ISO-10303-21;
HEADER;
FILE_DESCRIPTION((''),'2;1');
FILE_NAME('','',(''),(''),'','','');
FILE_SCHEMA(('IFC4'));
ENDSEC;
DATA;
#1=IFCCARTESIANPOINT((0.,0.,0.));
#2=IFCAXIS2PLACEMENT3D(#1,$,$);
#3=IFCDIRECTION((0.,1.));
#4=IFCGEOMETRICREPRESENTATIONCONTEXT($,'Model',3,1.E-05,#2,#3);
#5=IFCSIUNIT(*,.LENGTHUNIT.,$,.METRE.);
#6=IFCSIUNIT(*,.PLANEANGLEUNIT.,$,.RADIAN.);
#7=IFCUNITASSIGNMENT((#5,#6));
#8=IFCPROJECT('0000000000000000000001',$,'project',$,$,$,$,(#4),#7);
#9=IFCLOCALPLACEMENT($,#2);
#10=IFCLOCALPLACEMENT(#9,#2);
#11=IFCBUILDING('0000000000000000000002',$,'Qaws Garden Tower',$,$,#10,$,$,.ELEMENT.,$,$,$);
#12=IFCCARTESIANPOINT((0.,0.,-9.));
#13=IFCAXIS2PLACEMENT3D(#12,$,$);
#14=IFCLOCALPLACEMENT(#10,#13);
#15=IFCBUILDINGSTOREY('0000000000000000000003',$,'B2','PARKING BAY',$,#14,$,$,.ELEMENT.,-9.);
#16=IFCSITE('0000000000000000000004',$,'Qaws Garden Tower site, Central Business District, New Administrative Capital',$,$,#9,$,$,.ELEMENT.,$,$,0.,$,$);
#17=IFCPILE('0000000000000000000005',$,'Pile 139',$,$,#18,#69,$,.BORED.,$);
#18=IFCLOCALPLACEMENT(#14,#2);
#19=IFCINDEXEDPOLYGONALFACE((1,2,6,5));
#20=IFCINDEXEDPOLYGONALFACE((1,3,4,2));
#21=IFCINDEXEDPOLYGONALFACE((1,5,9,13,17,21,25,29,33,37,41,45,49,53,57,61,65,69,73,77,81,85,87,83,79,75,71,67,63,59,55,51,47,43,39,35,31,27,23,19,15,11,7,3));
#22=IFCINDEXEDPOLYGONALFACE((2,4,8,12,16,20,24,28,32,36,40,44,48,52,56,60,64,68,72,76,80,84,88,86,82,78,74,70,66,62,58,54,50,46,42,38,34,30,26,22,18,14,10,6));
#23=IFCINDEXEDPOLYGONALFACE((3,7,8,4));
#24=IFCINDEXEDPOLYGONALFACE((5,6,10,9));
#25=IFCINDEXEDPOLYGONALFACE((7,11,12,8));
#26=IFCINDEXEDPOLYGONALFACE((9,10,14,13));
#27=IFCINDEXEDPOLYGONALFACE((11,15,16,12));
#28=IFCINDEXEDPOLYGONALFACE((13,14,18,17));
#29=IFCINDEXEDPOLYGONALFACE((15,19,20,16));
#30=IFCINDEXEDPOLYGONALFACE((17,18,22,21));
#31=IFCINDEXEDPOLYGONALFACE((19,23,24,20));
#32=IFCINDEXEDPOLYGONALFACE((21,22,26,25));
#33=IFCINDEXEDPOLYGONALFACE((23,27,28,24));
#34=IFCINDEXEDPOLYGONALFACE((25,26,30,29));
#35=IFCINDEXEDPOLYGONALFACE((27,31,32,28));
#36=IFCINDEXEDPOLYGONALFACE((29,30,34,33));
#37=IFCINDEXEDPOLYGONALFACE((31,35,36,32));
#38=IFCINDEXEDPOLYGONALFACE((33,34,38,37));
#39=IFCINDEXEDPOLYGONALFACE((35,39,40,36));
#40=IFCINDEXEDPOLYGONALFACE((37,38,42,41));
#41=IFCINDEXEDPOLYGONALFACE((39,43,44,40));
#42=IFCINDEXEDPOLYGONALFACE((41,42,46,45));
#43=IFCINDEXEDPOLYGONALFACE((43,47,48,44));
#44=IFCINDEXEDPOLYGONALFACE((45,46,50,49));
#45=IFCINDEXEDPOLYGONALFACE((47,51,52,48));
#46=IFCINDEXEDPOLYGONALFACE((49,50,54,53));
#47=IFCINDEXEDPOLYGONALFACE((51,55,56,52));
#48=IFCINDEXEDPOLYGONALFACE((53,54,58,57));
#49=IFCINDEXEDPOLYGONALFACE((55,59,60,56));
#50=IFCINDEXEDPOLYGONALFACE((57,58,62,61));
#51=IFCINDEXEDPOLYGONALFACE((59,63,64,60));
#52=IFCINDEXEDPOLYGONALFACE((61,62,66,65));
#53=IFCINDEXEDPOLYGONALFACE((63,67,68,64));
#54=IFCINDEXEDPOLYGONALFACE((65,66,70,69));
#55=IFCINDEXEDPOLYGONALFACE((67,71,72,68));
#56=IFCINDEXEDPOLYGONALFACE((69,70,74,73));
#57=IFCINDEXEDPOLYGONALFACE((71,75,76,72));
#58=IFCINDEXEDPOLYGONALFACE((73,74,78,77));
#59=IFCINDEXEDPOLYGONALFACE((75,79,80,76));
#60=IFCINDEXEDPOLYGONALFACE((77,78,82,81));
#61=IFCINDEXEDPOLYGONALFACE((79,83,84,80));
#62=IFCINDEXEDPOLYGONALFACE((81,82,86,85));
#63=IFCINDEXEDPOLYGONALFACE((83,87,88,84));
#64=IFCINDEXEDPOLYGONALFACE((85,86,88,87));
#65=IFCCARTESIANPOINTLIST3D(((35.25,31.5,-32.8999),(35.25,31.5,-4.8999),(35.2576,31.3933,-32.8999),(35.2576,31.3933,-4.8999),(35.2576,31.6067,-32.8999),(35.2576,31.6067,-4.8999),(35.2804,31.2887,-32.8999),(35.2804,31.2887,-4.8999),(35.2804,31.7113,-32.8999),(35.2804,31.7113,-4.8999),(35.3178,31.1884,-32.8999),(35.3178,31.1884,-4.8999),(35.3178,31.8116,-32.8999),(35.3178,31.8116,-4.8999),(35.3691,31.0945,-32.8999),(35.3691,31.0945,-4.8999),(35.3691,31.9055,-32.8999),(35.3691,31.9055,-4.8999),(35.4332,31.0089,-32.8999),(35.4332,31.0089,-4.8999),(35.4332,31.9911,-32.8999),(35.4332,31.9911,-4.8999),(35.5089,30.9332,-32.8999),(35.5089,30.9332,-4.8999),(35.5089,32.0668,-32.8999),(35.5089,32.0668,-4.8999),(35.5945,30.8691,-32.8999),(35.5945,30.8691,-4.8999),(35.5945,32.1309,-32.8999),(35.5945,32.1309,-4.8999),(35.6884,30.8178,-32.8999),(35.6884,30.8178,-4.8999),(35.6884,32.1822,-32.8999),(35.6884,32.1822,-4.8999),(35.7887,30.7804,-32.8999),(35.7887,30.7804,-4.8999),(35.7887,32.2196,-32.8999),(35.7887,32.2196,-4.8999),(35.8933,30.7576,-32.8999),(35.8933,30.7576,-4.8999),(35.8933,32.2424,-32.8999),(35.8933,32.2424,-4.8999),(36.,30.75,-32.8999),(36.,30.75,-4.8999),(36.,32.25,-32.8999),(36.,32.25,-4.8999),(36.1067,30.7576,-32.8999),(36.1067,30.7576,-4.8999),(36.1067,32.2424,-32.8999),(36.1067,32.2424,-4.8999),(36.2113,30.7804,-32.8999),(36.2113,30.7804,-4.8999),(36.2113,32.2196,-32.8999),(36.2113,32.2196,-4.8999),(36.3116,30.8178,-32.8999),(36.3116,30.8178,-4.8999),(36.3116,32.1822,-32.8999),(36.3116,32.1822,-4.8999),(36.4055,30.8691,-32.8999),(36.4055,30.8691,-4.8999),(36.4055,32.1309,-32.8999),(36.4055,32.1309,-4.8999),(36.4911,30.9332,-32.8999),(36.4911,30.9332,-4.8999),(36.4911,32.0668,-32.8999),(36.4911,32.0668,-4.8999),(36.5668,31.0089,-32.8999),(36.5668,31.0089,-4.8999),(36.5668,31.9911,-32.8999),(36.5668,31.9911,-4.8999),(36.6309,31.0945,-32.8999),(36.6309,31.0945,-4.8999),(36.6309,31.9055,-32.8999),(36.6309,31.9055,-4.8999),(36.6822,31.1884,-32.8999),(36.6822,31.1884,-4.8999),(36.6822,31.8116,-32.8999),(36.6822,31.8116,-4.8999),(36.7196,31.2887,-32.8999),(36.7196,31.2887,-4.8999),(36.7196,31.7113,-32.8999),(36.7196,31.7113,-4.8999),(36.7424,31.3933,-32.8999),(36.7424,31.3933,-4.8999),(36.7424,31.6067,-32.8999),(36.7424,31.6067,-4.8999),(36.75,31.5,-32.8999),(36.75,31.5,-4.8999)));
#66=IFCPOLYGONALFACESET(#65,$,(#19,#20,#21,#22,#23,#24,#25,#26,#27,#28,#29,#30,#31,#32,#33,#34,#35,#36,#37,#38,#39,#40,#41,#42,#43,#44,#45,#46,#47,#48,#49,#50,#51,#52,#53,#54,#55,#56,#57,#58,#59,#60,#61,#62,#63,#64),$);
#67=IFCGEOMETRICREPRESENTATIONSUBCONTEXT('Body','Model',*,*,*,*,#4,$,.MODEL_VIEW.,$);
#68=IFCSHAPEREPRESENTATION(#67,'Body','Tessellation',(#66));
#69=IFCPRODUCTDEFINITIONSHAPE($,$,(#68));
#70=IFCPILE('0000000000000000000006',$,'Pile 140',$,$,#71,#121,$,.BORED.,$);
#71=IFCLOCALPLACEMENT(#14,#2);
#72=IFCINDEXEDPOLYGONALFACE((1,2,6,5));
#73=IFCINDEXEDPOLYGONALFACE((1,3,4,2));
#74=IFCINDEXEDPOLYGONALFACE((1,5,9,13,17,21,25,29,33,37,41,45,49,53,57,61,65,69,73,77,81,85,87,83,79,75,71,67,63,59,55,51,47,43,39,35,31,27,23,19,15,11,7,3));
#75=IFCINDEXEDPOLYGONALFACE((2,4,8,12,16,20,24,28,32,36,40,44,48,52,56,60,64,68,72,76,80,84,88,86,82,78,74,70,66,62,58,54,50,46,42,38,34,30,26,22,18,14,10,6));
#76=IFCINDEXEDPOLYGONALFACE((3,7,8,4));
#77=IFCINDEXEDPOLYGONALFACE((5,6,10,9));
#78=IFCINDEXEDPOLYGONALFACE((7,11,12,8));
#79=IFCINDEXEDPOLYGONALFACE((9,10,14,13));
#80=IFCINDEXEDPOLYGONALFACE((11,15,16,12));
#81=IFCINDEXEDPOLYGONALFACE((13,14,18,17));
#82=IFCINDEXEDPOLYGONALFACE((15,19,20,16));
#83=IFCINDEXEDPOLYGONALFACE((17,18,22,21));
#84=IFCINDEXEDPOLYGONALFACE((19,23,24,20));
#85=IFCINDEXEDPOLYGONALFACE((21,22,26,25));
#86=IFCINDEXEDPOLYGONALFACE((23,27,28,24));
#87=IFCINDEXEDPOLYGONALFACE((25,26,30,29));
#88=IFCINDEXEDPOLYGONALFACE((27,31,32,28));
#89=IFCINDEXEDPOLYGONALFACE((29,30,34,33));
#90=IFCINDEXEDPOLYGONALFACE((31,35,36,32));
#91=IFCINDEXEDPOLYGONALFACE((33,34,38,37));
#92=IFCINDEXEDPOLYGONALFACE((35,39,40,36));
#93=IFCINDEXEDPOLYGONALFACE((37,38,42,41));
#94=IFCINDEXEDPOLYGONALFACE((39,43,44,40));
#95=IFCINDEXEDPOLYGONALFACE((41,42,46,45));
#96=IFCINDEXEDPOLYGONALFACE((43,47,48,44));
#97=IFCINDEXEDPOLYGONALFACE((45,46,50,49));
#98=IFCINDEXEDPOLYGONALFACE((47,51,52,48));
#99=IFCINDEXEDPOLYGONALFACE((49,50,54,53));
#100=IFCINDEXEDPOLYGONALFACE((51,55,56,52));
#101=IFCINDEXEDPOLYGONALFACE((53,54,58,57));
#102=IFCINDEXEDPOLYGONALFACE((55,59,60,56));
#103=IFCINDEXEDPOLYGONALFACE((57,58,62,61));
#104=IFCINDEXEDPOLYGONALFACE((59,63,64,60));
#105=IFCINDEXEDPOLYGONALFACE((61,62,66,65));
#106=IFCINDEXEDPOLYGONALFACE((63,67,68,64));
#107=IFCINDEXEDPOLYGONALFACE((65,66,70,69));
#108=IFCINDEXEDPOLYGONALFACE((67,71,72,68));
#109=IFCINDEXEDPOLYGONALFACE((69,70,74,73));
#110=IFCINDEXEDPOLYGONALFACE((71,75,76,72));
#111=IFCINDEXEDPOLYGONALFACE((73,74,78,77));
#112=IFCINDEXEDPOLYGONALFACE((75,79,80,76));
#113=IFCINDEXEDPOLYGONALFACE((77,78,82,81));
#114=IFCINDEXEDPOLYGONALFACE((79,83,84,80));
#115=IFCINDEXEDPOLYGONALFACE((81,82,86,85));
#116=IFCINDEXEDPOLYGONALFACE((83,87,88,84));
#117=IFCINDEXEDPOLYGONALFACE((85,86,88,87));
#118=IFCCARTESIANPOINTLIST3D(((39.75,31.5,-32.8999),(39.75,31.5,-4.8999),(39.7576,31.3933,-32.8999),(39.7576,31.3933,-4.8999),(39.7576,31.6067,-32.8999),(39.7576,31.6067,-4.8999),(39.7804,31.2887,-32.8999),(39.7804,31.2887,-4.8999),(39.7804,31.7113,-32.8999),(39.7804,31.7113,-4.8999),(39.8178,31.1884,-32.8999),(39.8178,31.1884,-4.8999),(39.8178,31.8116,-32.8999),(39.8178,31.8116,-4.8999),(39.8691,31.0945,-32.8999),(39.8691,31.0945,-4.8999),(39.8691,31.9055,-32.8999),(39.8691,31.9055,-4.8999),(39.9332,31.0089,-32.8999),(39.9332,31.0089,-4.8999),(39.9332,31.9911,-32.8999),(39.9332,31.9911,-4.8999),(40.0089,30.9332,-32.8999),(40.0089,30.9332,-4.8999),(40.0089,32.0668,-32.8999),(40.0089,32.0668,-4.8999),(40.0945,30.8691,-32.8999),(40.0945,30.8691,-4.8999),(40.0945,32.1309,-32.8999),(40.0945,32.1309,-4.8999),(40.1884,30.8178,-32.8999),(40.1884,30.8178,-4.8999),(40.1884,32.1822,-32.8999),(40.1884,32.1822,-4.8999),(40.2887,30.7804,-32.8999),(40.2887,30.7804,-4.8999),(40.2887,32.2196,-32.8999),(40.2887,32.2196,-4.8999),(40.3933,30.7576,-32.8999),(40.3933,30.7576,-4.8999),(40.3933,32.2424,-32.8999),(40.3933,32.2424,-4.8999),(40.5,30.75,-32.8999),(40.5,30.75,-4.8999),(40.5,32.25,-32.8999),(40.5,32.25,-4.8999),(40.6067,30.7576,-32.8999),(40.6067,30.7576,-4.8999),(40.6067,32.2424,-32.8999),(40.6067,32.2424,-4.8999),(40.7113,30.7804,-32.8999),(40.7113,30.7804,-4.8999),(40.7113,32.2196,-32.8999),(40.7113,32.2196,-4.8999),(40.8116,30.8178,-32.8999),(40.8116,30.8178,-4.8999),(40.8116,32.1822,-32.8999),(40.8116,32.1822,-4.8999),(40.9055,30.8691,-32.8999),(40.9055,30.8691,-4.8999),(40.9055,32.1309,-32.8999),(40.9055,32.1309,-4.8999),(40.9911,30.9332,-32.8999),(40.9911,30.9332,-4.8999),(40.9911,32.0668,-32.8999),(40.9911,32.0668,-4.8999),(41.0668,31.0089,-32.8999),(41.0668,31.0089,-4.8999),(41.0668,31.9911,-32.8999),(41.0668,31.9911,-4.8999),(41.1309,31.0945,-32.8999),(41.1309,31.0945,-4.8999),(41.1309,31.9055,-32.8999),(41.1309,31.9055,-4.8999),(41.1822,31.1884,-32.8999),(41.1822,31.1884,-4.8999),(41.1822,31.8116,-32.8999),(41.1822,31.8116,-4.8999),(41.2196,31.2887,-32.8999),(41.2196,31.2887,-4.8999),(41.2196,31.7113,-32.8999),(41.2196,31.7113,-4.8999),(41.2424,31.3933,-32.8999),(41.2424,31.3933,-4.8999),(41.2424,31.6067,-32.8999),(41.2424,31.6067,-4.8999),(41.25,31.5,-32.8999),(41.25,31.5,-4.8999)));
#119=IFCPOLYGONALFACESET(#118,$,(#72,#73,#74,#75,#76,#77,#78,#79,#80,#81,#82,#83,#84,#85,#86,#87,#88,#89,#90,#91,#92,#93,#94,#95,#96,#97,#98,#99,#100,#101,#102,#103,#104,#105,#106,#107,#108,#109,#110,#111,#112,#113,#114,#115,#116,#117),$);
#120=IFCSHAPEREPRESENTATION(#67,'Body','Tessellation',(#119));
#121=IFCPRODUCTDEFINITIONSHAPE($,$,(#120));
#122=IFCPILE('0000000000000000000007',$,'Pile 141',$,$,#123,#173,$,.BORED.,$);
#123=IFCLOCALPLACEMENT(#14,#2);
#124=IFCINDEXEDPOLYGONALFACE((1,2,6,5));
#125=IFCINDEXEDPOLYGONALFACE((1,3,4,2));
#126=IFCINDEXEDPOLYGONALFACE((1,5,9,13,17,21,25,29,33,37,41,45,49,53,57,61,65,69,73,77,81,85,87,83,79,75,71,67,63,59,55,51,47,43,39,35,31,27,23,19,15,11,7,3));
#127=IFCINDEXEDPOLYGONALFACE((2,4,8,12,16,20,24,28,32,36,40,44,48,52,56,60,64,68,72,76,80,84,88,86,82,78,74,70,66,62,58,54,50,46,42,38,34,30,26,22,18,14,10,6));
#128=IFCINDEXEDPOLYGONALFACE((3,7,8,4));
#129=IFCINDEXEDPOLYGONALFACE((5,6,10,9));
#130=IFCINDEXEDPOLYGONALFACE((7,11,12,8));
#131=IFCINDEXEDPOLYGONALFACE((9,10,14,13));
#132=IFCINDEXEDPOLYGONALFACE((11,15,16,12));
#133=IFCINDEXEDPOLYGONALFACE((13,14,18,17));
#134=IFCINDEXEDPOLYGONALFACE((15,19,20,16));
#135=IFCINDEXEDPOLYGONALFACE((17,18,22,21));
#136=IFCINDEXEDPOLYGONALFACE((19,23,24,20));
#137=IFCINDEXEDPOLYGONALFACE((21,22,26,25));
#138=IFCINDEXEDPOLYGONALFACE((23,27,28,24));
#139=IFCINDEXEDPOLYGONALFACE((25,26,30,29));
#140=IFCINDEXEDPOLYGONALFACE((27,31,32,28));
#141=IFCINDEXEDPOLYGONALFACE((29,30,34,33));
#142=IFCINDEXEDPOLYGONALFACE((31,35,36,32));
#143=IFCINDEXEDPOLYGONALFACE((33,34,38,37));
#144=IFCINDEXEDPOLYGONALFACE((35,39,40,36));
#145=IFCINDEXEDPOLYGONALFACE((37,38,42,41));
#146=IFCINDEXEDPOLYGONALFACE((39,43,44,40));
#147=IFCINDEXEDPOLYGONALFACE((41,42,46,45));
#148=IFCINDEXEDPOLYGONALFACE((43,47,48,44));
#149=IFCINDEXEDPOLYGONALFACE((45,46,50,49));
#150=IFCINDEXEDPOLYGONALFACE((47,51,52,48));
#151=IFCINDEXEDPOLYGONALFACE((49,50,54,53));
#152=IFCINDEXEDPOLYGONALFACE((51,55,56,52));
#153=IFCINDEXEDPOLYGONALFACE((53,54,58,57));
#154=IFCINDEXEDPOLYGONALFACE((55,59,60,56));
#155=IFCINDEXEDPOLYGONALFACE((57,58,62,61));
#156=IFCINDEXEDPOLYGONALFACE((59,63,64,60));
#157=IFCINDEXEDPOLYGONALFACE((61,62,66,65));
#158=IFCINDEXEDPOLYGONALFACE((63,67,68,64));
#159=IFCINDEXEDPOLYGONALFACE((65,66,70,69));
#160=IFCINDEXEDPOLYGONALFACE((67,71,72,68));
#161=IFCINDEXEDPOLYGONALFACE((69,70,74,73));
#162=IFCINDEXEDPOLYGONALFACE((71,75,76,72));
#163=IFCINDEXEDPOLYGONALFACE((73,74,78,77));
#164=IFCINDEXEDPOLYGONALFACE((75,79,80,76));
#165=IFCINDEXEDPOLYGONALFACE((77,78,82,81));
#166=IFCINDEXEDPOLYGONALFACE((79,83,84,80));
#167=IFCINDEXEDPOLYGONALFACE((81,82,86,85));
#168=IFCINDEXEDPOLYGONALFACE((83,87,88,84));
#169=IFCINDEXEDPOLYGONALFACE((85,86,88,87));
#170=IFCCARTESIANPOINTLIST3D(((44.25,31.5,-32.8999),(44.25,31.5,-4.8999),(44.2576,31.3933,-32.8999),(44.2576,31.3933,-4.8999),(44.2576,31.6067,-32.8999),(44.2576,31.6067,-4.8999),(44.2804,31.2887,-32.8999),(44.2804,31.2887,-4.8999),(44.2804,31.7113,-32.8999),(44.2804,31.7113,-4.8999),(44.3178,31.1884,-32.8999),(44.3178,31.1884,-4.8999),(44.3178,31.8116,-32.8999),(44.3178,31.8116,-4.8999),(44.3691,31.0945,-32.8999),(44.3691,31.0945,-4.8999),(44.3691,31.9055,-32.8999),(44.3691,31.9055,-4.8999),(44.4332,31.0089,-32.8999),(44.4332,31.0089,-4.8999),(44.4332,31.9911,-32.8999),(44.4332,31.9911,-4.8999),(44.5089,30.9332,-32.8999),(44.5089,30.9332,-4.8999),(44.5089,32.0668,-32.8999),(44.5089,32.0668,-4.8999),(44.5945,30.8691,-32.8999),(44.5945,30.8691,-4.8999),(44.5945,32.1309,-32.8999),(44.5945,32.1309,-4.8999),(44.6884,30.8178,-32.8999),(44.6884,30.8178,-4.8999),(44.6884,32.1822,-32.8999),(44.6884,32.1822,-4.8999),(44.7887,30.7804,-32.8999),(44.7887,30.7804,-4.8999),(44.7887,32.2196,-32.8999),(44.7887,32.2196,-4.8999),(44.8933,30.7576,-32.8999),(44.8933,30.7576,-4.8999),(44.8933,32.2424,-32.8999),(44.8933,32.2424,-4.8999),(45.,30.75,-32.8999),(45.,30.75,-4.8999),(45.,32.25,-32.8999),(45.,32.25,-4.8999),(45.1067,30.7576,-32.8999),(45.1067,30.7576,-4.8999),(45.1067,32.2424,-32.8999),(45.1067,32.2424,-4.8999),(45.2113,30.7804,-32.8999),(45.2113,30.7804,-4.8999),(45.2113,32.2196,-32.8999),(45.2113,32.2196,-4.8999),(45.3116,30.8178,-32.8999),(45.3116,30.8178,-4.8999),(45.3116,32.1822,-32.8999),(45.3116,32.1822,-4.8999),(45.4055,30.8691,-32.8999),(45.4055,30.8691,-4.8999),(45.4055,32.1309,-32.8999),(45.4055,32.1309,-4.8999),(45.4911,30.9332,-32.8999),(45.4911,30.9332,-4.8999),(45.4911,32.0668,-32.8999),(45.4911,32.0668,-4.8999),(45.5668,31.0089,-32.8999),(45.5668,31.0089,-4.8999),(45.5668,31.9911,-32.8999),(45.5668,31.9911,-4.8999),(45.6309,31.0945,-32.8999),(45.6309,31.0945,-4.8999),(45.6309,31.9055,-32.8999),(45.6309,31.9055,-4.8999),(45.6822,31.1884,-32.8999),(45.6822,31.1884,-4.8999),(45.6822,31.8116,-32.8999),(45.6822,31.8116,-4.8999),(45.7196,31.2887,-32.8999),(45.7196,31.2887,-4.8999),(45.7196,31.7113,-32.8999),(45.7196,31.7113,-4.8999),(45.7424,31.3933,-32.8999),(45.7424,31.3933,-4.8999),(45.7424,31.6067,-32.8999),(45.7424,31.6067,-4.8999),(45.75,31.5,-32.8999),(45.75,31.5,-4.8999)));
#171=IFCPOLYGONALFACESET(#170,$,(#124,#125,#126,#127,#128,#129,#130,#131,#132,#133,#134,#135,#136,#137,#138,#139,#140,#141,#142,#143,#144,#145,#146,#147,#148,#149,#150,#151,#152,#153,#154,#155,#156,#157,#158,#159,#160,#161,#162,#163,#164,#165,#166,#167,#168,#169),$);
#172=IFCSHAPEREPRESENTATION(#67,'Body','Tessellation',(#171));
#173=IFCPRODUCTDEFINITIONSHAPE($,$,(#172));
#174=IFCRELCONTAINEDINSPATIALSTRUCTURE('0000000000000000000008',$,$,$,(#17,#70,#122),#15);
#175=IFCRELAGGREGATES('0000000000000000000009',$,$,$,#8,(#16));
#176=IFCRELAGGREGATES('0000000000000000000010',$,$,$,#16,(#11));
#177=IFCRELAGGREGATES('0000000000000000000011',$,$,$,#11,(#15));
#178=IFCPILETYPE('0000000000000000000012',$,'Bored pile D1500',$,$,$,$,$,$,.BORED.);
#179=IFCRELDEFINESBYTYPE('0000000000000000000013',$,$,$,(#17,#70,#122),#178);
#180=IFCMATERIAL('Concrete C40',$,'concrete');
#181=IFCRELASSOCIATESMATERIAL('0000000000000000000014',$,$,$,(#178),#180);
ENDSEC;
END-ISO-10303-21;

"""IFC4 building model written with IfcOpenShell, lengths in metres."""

from ifc_helpers import new_model, si_unit, direction, frame, origin, origin_2d, place, context, subcontext, project, spatial, circle, extrude, material, material_profile, profile_set, type_object, element, save


model = new_model("IFC4")

# Units and contexts
model_context = context("Model", 3, precision=1e-05, world=origin(), true_north=direction((0.0, 1.0)))
body_context = subcontext(model_context, "Body", "Model", "MODEL_VIEW")
ifc_project = project(units=[si_unit("LENGTHUNIT", "METRE"), si_unit("PLANEANGLEUNIT", "RADIAN")], contexts=[model_context])

# Site, building, storey
site_placement = place(None, origin())
site = spatial("IfcSite", under=ifc_project, at=site_placement, Name="Qaws Garden Tower site, Central Business District, New Administrative Capital", CompositionType="ELEMENT", RefElevation=0.0)
building_placement = place(site_placement, origin())
building = spatial("IfcBuilding", under=site, at=building_placement, Name="Qaws Garden Tower", CompositionType="ELEMENT")
storey_placement = place(building_placement, frame((0.0, 0.0, -9.0)))
storey = spatial("IfcBuildingStorey", under=building, at=storey_placement, Name="B2", Description="PARKING BAY", CompositionType="ELEMENT", Elevation=-9.0)

# Piles
ifc_material_1 = material(Name="Concrete C40", Category="concrete")
ifc_material_profile_1 = material_profile(ifc_material_1, circle(Radius=0.75, at=origin_2d()), Name="Bored pile D1500")
ifc_profile_set_1 = profile_set([ifc_material_profile_1], Name="Concrete C40")
pile_type = type_object("IfcPileType", Name="Bored pile D1500", PredefinedType="BORED", material=ifc_profile_set_1)
for number, where, z_axis, x_axis, name in (
    (1, (36.0, 31.5, -4.8999), (0.0, 0.0, -1.0), (1.0, 0.0, 0.0), "Pile 139"),
    (2, (40.5, 31.5, -4.8999), (0.0, 0.0, -1.0), (1.0, 0.0, 0.0), "Pile 140"),
    (3, (45.0, 31.5, -4.8999), (0.0, 0.0, -1.0), (1.0, 0.0, 0.0), "Pile 141"),
):
    element("IfcPile", number, at=place(storey_placement, frame(where, z_axis=z_axis, x_axis=x_axis)), inside=storey, type_object=pile_type, Name=name, PredefinedType="BORED", context=body_context, shape_type="SweptSolid", body=[
        extrude(circle(Radius=0.75, at=origin_2d()), origin(), (0.0, 0.0, 1.0), 28.0),
    ])

save(model, "model.ifc")
